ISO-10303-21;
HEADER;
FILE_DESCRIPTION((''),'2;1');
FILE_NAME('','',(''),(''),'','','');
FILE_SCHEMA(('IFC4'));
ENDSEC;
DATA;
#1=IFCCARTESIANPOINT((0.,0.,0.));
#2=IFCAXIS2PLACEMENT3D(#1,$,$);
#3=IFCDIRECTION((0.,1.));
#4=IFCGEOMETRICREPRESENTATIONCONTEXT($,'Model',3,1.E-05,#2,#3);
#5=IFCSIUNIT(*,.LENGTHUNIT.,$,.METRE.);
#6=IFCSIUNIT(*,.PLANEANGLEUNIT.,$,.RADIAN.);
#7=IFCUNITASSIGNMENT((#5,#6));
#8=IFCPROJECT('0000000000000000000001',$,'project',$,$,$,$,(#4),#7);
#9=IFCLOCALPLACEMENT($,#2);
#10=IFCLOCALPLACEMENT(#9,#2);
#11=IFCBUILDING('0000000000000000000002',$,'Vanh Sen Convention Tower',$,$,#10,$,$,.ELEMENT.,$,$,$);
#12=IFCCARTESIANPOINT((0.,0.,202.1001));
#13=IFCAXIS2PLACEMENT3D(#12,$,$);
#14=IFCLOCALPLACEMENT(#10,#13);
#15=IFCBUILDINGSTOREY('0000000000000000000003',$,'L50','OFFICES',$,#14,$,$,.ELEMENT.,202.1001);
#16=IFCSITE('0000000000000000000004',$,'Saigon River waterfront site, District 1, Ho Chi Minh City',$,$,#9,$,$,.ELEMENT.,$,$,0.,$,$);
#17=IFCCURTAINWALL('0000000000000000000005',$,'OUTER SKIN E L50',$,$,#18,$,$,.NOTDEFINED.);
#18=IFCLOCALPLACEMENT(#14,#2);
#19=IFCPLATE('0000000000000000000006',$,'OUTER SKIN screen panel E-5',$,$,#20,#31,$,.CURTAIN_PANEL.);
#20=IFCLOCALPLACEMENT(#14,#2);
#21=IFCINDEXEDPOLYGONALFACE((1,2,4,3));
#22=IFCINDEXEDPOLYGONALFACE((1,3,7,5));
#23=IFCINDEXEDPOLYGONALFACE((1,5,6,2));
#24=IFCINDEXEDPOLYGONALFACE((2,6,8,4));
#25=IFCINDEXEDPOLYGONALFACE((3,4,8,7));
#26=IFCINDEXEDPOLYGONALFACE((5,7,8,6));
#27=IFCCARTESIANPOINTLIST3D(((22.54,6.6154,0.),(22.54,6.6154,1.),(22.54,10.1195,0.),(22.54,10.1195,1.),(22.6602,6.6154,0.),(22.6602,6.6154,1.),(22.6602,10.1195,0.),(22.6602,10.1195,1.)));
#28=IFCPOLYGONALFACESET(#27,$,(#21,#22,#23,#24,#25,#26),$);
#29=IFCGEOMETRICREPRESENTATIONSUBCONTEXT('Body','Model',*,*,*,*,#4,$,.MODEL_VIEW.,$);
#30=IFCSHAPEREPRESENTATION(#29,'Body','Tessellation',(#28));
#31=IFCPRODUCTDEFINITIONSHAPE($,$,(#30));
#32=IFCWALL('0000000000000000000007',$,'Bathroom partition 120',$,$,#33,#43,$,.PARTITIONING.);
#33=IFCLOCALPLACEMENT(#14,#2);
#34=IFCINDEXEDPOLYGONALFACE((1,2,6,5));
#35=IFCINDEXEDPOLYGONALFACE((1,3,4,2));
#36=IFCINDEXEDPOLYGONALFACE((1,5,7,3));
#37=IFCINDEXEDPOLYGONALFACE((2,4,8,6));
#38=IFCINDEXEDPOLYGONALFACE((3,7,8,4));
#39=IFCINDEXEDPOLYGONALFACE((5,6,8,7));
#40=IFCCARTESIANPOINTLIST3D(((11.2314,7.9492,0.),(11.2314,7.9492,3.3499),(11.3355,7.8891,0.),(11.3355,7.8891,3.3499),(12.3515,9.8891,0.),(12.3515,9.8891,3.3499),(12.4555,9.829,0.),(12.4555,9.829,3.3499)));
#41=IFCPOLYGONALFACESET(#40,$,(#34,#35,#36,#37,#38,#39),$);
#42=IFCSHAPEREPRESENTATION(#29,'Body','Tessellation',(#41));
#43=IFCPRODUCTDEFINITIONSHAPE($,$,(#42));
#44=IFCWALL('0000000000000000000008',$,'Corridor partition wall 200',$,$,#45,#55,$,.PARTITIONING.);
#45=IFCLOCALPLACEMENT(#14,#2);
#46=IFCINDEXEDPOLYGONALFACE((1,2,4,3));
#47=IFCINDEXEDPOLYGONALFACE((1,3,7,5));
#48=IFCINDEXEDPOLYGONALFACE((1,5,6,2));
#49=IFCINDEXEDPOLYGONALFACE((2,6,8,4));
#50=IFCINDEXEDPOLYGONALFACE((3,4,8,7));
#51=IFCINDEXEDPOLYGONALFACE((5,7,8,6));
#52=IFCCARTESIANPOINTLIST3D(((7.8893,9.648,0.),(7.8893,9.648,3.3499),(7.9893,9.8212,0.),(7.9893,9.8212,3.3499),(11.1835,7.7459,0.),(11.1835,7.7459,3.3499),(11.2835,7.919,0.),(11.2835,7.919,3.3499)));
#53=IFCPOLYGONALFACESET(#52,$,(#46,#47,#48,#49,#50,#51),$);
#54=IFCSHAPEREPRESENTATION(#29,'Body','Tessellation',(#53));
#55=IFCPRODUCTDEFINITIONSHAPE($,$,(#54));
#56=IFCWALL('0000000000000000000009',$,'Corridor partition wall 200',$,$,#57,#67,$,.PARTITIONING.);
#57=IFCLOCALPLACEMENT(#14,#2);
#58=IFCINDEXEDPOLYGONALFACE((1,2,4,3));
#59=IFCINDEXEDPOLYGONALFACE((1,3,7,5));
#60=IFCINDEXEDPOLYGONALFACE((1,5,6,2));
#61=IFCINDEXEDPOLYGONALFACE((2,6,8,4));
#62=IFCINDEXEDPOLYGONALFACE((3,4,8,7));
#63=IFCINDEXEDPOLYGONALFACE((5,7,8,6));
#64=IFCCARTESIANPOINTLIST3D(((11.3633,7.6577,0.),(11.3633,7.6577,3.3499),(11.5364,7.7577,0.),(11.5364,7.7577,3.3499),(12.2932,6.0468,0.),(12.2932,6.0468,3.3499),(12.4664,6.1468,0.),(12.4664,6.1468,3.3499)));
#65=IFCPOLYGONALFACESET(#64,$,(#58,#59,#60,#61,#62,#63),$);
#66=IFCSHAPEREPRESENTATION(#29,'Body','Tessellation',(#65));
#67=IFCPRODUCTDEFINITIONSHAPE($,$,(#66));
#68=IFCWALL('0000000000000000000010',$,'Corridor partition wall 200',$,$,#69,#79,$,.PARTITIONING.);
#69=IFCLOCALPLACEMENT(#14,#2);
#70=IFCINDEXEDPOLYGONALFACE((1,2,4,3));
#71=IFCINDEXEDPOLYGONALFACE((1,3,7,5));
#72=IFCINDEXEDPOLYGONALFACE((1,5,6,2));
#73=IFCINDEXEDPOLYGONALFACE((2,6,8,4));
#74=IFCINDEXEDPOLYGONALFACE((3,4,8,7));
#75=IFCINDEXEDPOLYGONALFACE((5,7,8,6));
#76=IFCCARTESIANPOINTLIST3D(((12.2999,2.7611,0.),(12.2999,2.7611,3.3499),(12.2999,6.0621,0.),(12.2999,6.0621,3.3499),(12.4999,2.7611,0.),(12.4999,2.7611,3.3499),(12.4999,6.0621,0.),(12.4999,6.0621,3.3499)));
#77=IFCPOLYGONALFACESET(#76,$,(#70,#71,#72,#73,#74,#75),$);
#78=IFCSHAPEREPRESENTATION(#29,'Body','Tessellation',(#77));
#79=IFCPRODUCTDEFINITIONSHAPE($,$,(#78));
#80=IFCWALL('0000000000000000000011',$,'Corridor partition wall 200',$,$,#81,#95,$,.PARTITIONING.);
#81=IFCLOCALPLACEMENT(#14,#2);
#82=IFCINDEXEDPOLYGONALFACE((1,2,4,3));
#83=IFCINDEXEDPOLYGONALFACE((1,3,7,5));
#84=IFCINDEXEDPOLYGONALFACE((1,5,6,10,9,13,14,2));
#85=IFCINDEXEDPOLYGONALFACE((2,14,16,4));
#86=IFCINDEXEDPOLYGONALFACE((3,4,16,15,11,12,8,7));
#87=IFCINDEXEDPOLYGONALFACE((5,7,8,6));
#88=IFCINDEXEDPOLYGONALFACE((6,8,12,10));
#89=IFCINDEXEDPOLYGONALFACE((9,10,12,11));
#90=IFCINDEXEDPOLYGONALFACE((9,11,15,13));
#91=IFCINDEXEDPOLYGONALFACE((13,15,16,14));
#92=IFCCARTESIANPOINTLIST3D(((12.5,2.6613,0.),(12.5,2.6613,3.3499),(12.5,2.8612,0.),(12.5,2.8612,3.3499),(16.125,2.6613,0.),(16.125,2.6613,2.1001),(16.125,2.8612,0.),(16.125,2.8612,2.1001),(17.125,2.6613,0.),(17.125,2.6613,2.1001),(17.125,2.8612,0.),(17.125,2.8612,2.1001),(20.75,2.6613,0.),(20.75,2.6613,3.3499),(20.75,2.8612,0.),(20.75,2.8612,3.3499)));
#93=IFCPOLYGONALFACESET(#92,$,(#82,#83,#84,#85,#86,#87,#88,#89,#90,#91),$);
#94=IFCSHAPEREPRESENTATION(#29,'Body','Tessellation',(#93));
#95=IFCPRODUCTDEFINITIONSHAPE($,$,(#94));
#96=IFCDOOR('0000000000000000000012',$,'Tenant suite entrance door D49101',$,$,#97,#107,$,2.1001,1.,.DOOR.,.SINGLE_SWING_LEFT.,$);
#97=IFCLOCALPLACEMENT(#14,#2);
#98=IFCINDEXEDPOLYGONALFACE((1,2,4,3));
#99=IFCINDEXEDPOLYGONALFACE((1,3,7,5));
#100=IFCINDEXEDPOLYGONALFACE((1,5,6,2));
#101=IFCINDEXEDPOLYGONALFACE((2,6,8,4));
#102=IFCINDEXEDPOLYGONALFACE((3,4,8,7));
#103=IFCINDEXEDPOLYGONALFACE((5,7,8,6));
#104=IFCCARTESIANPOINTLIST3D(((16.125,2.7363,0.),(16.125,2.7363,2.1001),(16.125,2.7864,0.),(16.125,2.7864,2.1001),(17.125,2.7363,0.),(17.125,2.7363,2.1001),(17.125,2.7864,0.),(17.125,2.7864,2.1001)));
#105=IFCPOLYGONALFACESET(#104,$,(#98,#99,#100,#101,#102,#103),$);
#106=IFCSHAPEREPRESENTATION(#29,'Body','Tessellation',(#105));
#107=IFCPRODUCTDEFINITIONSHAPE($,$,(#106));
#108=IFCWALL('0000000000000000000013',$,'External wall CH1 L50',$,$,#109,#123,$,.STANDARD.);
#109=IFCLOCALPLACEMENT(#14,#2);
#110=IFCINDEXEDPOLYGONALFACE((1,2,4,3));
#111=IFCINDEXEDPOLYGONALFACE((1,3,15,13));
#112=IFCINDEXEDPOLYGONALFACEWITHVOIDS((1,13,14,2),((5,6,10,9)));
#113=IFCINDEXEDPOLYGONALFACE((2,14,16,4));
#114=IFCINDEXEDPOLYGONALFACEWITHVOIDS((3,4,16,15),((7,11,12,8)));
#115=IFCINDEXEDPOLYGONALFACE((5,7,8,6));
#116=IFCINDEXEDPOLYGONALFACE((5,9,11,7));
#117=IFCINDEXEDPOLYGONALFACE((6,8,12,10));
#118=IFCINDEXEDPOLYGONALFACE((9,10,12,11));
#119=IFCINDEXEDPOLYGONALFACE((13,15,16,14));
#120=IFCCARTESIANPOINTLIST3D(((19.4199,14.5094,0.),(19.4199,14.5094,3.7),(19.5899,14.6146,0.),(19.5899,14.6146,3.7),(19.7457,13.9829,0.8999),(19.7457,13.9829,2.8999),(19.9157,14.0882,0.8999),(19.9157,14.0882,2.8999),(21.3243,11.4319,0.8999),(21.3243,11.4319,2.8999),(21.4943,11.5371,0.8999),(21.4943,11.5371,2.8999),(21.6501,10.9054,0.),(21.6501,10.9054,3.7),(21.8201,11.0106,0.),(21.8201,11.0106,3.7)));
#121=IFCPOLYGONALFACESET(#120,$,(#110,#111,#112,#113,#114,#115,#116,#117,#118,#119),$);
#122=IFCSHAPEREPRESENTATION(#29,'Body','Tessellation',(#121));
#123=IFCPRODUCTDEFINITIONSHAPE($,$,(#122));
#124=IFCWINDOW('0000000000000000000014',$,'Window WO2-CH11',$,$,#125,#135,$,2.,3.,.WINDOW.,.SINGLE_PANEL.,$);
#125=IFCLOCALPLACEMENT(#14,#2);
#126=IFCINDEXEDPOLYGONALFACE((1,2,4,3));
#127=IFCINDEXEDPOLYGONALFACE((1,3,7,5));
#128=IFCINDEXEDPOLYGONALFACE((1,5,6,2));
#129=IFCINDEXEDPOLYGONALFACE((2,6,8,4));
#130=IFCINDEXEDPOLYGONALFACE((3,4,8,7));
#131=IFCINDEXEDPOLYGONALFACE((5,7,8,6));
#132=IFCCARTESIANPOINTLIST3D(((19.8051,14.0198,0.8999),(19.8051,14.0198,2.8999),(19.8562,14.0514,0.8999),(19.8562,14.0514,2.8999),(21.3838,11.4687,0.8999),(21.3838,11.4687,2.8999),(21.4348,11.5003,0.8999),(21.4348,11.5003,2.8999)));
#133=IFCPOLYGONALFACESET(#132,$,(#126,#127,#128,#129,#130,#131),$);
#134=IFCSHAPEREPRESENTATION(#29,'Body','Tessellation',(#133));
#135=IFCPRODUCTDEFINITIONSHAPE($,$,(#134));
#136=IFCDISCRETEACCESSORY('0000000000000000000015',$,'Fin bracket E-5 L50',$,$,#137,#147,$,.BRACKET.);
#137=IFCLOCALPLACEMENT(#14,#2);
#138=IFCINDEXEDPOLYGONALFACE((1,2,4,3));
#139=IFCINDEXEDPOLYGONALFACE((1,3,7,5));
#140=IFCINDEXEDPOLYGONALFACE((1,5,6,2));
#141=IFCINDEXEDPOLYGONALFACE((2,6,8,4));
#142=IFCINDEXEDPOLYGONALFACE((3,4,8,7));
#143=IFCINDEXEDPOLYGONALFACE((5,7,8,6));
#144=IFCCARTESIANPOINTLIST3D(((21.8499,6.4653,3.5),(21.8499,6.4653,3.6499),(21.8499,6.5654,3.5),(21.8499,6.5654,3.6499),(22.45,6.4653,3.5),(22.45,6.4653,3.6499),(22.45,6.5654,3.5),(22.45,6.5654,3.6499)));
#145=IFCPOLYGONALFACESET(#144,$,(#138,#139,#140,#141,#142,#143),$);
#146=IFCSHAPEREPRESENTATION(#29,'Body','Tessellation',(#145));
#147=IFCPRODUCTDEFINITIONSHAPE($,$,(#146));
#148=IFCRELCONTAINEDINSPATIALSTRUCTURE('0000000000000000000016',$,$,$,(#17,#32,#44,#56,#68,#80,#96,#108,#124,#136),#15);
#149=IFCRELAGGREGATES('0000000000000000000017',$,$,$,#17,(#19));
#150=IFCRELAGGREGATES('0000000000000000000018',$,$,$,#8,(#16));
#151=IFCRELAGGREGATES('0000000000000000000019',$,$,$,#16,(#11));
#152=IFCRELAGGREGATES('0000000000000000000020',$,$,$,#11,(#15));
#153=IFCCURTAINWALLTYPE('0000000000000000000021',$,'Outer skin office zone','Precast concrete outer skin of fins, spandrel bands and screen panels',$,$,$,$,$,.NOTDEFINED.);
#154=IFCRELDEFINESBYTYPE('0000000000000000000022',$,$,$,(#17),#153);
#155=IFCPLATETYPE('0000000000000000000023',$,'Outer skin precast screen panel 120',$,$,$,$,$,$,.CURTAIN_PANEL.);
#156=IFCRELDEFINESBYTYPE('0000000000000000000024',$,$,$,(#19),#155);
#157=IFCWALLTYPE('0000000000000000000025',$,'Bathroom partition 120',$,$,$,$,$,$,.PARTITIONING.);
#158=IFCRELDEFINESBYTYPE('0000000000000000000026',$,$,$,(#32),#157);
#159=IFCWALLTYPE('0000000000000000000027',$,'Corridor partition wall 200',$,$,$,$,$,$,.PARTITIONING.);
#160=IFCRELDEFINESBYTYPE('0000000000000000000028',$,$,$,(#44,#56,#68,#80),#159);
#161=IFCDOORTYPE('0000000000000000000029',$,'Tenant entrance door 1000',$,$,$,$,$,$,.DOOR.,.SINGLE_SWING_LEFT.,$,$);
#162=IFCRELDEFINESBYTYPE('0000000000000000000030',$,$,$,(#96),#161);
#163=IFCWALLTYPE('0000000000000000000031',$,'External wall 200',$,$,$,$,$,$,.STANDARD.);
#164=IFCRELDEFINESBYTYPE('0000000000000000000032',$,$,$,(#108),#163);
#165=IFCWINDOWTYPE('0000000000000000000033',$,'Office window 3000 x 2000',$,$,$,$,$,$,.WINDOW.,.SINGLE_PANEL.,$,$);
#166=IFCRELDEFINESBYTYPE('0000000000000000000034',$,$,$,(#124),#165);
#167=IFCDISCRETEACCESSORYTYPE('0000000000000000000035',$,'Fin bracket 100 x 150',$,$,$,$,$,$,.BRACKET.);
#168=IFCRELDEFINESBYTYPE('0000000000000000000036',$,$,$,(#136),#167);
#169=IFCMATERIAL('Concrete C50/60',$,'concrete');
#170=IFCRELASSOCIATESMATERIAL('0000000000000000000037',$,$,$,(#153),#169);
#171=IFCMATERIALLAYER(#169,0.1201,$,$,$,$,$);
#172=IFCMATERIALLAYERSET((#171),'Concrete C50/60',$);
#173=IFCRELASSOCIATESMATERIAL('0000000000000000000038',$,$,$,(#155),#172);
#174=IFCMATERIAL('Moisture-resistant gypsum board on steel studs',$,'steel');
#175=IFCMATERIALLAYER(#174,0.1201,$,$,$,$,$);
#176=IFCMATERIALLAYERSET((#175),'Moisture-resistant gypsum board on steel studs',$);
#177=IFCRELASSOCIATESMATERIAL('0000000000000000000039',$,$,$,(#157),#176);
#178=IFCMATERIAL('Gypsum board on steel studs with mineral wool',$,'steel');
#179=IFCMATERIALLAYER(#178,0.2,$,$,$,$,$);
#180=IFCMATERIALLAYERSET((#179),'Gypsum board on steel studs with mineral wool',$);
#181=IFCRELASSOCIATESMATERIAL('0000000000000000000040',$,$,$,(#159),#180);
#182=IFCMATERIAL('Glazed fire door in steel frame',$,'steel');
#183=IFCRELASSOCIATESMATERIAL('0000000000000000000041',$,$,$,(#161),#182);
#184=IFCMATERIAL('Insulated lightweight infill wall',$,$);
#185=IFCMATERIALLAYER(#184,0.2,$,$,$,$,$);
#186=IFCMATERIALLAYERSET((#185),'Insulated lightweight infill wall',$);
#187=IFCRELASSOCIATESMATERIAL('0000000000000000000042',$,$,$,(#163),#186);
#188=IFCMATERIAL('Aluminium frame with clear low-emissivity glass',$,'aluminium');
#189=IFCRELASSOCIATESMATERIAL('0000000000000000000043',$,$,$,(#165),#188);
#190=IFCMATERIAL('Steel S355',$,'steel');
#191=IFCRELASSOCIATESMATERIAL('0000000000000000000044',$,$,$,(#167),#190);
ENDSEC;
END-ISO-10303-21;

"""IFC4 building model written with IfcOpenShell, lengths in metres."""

from ifc_helpers import new_model, si_unit, direction, frame, frame_2d, origin, origin_2d, place, context, subcontext, project, spatial, rectangle, extrude, material, layer, layer_set, type_object, element, fill, aggregate, save


model = new_model("IFC4")

# Units and contexts
model_context = context("Model", 3, precision=1e-05, world=origin(), true_north=direction((0.0, 1.0)))
body_context = subcontext(model_context, "Body", "Model", "MODEL_VIEW")
ifc_project = project(units=[si_unit("LENGTHUNIT", "METRE"), si_unit("PLANEANGLEUNIT", "RADIAN")], contexts=[model_context])

# Site, building, storey
site_placement = place(None, origin())
site = spatial("IfcSite", under=ifc_project, at=site_placement, Name="Saigon River waterfront site, District 1, Ho Chi Minh City", CompositionType="ELEMENT", RefElevation=0.0)
building_placement = place(site_placement, origin())
building = spatial("IfcBuilding", under=site, at=building_placement, Name="Vanh Sen Convention Tower", CompositionType="ELEMENT")
storey_placement = place(building_placement, frame((0.0, 0.0, 202.1001)))
storey = spatial("IfcBuildingStorey", under=building, at=storey_placement, Name="L50", Description="OFFICES", CompositionType="ELEMENT", Elevation=202.1001)

# Curtain wall
ifc_material_1 = material(Name="Concrete C50/60", Category="concrete")
curtain_wall_type = type_object("IfcCurtainWallType", Name="Outer skin office zone", Description="Precast concrete outer skin of fins, spandrel bands and screen panels", PredefinedType="NOTDEFINED", material=ifc_material_1)
curtain_wall_1_placement = place(storey_placement, origin())
curtain_wall_1 = element("IfcCurtainWall", 1, at=curtain_wall_1_placement, inside=storey, type_object=curtain_wall_type, Name="OUTER SKIN E L50", PredefinedType="NOTDEFINED")

# Plate
ifc_layer_1 = layer(ifc_material_1, 0.1201)
ifc_layer_set_1 = layer_set([ifc_layer_1], Name="Concrete C50/60")
plate_type = type_object("IfcPlateType", Name="Outer skin precast screen panel 120", PredefinedType="CURTAIN_PANEL", material=ifc_layer_set_1)
plate_1_placement = place(storey_placement, frame((22.6001, 8.3674, 0.0), z_axis=(0.0, 0.0, 1.0), x_axis=(0.0, 1.0, 0.0)))
plate_1 = element("IfcPlate", 2, at=plate_1_placement, type_object=plate_type, Name="OUTER SKIN screen panel E-5", PredefinedType="CURTAIN_PANEL", context=body_context, shape_type="SweptSolid", body=[
    extrude(rectangle(XDim=3.5042, YDim=0.1201, at=origin_2d()), origin(), (0.0, 0.0, 1.0), 1.0),
])
aggregate(curtain_wall_1, [plate_1])

# Walls
ifc_material_2 = material(Name="Moisture-resistant gypsum board on steel studs", Category="steel")
ifc_layer_2 = layer(ifc_material_2, 0.1201)
ifc_layer_set_2 = layer_set([ifc_layer_2], Name="Moisture-resistant gypsum board on steel studs")
wall_type_1 = type_object("IfcWallType", Name="Bathroom partition 120", PredefinedType="PARTITIONING", material=ifc_layer_set_2)
wall_1_placement = place(storey_placement, frame((12.4036, 9.8591, 0.0), z_axis=(0.0, 0.0, 1.0), x_axis=(-0.500031, -0.866008, 0.0)))
element("IfcWall", 3, at=wall_1_placement, inside=storey, type_object=wall_type_1, Name="Bathroom partition 120", PredefinedType="PARTITIONING", context=body_context, shape_type="SweptSolid", body=[
    extrude(rectangle(XDim=2.24, YDim=0.1201, at=frame_2d((1.1201, 0.0))), origin(), (0.0, 0.0, 1.0), 3.3499),
])
ifc_material_3 = material(Name="Gypsum board on steel studs with mineral wool", Category="steel")
ifc_layer_3 = layer(ifc_material_3, 0.2)
ifc_layer_set_3 = layer_set([ifc_layer_3], Name="Gypsum board on steel studs with mineral wool")
wall_type_2 = type_object("IfcWallType", Name="Corridor partition wall 200", PredefinedType="PARTITIONING", material=ifc_layer_set_3)
wall_2_placement = place(storey_placement, frame((11.2334, 7.8325, 0.0), z_axis=(0.0, 0.0, 1.0), x_axis=(-0.866003, 0.500039, 0.0)))
element("IfcWall", 4, at=wall_2_placement, inside=storey, type_object=wall_type_2, Name="Corridor partition wall 200", PredefinedType="PARTITIONING", context=body_context, shape_type="SweptSolid", body=[
    extrude(rectangle(XDim=3.804, YDim=0.2, at=frame_2d((1.9019, 0.0))), origin(), (0.0, 0.0, 1.0), 3.3499),
])
wall_3_placement = place(storey_placement, frame((12.3799, 6.0967, 0.0), z_axis=(0.0, 0.0, 1.0), x_axis=(-0.499965, 0.866046, 0.0)))
element("IfcWall", 5, at=wall_3_placement, inside=storey, type_object=wall_type_2, Name="Corridor partition wall 200", PredefinedType="PARTITIONING", context=body_context, shape_type="SweptSolid", body=[
    extrude(rectangle(XDim=1.8601, YDim=0.2, at=frame_2d((0.9302, 0.0))), origin(), (0.0, 0.0, 1.0), 3.3499),
])
wall_4_placement = place(storey_placement, frame((12.3999, 2.7612, 0.0), z_axis=(0.0, 0.0, 1.0), x_axis=(0.0, 1.0, 0.0)))
element("IfcWall", 6, at=wall_4_placement, inside=storey, type_object=wall_type_2, Name="Corridor partition wall 200", PredefinedType="PARTITIONING", context=body_context, shape_type="SweptSolid", body=[
    extrude(rectangle(XDim=3.301, YDim=0.2, at=frame_2d((1.6504, 0.0))), origin(), (0.0, 0.0, 1.0), 3.3499),
])

# Wall, opening, door
wall_5_placement = place(storey_placement, frame((20.75, 2.7612, 0.0), z_axis=(0.0, 0.0, 1.0), x_axis=(-1.0, 0.0, 0.0)))
wall_5 = element("IfcWall", 7, at=wall_5_placement, inside=storey, type_object=wall_type_2, Name="Corridor partition wall 200", PredefinedType="PARTITIONING", context=body_context, shape_type="SweptSolid", body=[
    extrude(rectangle(XDim=8.25, YDim=0.2, at=frame_2d((4.125, 0.0))), origin(), (0.0, 0.0, 1.0), 3.3499),
])
opening_1_placement = place(wall_5_placement, frame((3.625, 0.0, 0.0)))
opening_1 = element("IfcOpeningElement", 8, at=opening_1_placement, cuts=wall_5, PredefinedType="OPENING", context=body_context, shape_type="SweptSolid", body=[
    extrude(rectangle(XDim=1.0, YDim=2.1001, at=frame_2d((0.5, 1.05))), frame((0.0, 0.1099, 0.0), z_axis=(0.0, -1.0, 0.0), x_axis=(1.0, 0.0, 0.0)), (0.0, 0.0, 1.0), 0.22),
])
ifc_material_4 = material(Name="Glazed fire door in steel frame", Category="steel")
door_type = type_object("IfcDoorType", Name="Tenant entrance door 1000", OperationType="SINGLE_SWING_LEFT", PredefinedType="DOOR", material=ifc_material_4)
door_placement = place(opening_1_placement, origin())
door = element("IfcDoor", 9, at=door_placement, inside=storey, type_object=door_type, Name="Tenant suite entrance door D49101", OperationType="SINGLE_SWING_LEFT", OverallHeight=2.1001, OverallWidth=1.0, PredefinedType="DOOR", context=body_context, shape_type="SweptSolid", body=[
    extrude(rectangle(XDim=1.0, YDim=2.1001, at=frame_2d((0.5, 1.05))), frame((0.0, 0.0249, 0.0), z_axis=(0.0, -1.0, 0.0), x_axis=(1.0, 0.0, 0.0)), (0.0, 0.0, 1.0), 0.05),
])
fill(opening_1, door)

# Wall, opening, window
ifc_material_5 = material(Name="Insulated lightweight infill wall")
ifc_layer_4 = layer(ifc_material_5, 0.2)
ifc_layer_set_4 = layer_set([ifc_layer_4], Name="Insulated lightweight infill wall")
wall_type_3 = type_object("IfcWallType", Name="External wall 200", PredefinedType="STANDARD", material=ifc_layer_set_4)
wall_6_placement = place(storey_placement, frame((21.7351, 10.958, 0.0), z_axis=(0.0, 0.0, 1.0), x_axis=(-0.526214, 0.850352, 0.0)))
wall_6 = element("IfcWall", 10, at=wall_6_placement, inside=storey, type_object=wall_type_3, Name="External wall CH1 L50", PredefinedType="STANDARD", context=body_context, shape_type="SweptSolid", body=[
    extrude(rectangle(XDim=4.2383, YDim=0.2, at=frame_2d((2.1191, 0.0))), origin(), (0.0, 0.0, 1.0), 3.7),
])
opening_2_placement = place(wall_6_placement, frame((0.6191, 0.0, 0.8999)))
opening_2 = element("IfcOpeningElement", 11, at=opening_2_placement, cuts=wall_6, PredefinedType="OPENING", context=body_context, shape_type="SweptSolid", body=[
    extrude(rectangle(XDim=3.0, YDim=2.0, at=frame_2d((1.5, 1.0))), frame((0.0, 0.1099, 0.0), z_axis=(0.0, -1.0, 0.0), x_axis=(1.0, 0.0, 0.0)), (0.0, 0.0, 1.0), 0.22),
])
ifc_material_6 = material(Name="Aluminium frame with clear low-emissivity glass", Category="aluminium")
window_type = type_object("IfcWindowType", Name="Office window 3000 x 2000", PartitioningType="SINGLE_PANEL", PredefinedType="WINDOW", material=ifc_material_6)
window_placement = place(opening_2_placement, origin())
window = element("IfcWindow", 12, at=window_placement, inside=storey, type_object=window_type, Name="Window WO2-CH11", OverallHeight=2.0, OverallWidth=3.0, PartitioningType="SINGLE_PANEL", PredefinedType="WINDOW", context=body_context, shape_type="SweptSolid", body=[
    extrude(rectangle(XDim=3.0, YDim=2.0, at=frame_2d((1.5, 1.0))), frame((0.0, 0.03, 0.0), z_axis=(0.0, -1.0, 0.0), x_axis=(1.0, 0.0, 0.0)), (0.0, 0.0, 1.0), 0.0601),
])
fill(opening_2, window)

# Discrete accessory
ifc_material_7 = material(Name="Steel S355", Category="steel")
discrete_accessory_type = type_object("IfcDiscreteAccessoryType", Name="Fin bracket 100 x 150", PredefinedType="BRACKET", material=ifc_material_7)
discrete_accessory_placement = place(storey_placement, frame((22.1499, 6.5154, 3.5), z_axis=(0.0, 0.0, 1.0), x_axis=(1.0, 0.0, 0.0)))
element("IfcDiscreteAccessory", 13, at=discrete_accessory_placement, inside=storey, type_object=discrete_accessory_type, Name="Fin bracket E-5 L50", PredefinedType="BRACKET", context=body_context, shape_type="SweptSolid", body=[
    extrude(rectangle(XDim=0.6001, YDim=0.1001, at=origin_2d()), origin(), (0.0, 0.0, 1.0), 0.1499),
])

save(model, "model.ifc")
